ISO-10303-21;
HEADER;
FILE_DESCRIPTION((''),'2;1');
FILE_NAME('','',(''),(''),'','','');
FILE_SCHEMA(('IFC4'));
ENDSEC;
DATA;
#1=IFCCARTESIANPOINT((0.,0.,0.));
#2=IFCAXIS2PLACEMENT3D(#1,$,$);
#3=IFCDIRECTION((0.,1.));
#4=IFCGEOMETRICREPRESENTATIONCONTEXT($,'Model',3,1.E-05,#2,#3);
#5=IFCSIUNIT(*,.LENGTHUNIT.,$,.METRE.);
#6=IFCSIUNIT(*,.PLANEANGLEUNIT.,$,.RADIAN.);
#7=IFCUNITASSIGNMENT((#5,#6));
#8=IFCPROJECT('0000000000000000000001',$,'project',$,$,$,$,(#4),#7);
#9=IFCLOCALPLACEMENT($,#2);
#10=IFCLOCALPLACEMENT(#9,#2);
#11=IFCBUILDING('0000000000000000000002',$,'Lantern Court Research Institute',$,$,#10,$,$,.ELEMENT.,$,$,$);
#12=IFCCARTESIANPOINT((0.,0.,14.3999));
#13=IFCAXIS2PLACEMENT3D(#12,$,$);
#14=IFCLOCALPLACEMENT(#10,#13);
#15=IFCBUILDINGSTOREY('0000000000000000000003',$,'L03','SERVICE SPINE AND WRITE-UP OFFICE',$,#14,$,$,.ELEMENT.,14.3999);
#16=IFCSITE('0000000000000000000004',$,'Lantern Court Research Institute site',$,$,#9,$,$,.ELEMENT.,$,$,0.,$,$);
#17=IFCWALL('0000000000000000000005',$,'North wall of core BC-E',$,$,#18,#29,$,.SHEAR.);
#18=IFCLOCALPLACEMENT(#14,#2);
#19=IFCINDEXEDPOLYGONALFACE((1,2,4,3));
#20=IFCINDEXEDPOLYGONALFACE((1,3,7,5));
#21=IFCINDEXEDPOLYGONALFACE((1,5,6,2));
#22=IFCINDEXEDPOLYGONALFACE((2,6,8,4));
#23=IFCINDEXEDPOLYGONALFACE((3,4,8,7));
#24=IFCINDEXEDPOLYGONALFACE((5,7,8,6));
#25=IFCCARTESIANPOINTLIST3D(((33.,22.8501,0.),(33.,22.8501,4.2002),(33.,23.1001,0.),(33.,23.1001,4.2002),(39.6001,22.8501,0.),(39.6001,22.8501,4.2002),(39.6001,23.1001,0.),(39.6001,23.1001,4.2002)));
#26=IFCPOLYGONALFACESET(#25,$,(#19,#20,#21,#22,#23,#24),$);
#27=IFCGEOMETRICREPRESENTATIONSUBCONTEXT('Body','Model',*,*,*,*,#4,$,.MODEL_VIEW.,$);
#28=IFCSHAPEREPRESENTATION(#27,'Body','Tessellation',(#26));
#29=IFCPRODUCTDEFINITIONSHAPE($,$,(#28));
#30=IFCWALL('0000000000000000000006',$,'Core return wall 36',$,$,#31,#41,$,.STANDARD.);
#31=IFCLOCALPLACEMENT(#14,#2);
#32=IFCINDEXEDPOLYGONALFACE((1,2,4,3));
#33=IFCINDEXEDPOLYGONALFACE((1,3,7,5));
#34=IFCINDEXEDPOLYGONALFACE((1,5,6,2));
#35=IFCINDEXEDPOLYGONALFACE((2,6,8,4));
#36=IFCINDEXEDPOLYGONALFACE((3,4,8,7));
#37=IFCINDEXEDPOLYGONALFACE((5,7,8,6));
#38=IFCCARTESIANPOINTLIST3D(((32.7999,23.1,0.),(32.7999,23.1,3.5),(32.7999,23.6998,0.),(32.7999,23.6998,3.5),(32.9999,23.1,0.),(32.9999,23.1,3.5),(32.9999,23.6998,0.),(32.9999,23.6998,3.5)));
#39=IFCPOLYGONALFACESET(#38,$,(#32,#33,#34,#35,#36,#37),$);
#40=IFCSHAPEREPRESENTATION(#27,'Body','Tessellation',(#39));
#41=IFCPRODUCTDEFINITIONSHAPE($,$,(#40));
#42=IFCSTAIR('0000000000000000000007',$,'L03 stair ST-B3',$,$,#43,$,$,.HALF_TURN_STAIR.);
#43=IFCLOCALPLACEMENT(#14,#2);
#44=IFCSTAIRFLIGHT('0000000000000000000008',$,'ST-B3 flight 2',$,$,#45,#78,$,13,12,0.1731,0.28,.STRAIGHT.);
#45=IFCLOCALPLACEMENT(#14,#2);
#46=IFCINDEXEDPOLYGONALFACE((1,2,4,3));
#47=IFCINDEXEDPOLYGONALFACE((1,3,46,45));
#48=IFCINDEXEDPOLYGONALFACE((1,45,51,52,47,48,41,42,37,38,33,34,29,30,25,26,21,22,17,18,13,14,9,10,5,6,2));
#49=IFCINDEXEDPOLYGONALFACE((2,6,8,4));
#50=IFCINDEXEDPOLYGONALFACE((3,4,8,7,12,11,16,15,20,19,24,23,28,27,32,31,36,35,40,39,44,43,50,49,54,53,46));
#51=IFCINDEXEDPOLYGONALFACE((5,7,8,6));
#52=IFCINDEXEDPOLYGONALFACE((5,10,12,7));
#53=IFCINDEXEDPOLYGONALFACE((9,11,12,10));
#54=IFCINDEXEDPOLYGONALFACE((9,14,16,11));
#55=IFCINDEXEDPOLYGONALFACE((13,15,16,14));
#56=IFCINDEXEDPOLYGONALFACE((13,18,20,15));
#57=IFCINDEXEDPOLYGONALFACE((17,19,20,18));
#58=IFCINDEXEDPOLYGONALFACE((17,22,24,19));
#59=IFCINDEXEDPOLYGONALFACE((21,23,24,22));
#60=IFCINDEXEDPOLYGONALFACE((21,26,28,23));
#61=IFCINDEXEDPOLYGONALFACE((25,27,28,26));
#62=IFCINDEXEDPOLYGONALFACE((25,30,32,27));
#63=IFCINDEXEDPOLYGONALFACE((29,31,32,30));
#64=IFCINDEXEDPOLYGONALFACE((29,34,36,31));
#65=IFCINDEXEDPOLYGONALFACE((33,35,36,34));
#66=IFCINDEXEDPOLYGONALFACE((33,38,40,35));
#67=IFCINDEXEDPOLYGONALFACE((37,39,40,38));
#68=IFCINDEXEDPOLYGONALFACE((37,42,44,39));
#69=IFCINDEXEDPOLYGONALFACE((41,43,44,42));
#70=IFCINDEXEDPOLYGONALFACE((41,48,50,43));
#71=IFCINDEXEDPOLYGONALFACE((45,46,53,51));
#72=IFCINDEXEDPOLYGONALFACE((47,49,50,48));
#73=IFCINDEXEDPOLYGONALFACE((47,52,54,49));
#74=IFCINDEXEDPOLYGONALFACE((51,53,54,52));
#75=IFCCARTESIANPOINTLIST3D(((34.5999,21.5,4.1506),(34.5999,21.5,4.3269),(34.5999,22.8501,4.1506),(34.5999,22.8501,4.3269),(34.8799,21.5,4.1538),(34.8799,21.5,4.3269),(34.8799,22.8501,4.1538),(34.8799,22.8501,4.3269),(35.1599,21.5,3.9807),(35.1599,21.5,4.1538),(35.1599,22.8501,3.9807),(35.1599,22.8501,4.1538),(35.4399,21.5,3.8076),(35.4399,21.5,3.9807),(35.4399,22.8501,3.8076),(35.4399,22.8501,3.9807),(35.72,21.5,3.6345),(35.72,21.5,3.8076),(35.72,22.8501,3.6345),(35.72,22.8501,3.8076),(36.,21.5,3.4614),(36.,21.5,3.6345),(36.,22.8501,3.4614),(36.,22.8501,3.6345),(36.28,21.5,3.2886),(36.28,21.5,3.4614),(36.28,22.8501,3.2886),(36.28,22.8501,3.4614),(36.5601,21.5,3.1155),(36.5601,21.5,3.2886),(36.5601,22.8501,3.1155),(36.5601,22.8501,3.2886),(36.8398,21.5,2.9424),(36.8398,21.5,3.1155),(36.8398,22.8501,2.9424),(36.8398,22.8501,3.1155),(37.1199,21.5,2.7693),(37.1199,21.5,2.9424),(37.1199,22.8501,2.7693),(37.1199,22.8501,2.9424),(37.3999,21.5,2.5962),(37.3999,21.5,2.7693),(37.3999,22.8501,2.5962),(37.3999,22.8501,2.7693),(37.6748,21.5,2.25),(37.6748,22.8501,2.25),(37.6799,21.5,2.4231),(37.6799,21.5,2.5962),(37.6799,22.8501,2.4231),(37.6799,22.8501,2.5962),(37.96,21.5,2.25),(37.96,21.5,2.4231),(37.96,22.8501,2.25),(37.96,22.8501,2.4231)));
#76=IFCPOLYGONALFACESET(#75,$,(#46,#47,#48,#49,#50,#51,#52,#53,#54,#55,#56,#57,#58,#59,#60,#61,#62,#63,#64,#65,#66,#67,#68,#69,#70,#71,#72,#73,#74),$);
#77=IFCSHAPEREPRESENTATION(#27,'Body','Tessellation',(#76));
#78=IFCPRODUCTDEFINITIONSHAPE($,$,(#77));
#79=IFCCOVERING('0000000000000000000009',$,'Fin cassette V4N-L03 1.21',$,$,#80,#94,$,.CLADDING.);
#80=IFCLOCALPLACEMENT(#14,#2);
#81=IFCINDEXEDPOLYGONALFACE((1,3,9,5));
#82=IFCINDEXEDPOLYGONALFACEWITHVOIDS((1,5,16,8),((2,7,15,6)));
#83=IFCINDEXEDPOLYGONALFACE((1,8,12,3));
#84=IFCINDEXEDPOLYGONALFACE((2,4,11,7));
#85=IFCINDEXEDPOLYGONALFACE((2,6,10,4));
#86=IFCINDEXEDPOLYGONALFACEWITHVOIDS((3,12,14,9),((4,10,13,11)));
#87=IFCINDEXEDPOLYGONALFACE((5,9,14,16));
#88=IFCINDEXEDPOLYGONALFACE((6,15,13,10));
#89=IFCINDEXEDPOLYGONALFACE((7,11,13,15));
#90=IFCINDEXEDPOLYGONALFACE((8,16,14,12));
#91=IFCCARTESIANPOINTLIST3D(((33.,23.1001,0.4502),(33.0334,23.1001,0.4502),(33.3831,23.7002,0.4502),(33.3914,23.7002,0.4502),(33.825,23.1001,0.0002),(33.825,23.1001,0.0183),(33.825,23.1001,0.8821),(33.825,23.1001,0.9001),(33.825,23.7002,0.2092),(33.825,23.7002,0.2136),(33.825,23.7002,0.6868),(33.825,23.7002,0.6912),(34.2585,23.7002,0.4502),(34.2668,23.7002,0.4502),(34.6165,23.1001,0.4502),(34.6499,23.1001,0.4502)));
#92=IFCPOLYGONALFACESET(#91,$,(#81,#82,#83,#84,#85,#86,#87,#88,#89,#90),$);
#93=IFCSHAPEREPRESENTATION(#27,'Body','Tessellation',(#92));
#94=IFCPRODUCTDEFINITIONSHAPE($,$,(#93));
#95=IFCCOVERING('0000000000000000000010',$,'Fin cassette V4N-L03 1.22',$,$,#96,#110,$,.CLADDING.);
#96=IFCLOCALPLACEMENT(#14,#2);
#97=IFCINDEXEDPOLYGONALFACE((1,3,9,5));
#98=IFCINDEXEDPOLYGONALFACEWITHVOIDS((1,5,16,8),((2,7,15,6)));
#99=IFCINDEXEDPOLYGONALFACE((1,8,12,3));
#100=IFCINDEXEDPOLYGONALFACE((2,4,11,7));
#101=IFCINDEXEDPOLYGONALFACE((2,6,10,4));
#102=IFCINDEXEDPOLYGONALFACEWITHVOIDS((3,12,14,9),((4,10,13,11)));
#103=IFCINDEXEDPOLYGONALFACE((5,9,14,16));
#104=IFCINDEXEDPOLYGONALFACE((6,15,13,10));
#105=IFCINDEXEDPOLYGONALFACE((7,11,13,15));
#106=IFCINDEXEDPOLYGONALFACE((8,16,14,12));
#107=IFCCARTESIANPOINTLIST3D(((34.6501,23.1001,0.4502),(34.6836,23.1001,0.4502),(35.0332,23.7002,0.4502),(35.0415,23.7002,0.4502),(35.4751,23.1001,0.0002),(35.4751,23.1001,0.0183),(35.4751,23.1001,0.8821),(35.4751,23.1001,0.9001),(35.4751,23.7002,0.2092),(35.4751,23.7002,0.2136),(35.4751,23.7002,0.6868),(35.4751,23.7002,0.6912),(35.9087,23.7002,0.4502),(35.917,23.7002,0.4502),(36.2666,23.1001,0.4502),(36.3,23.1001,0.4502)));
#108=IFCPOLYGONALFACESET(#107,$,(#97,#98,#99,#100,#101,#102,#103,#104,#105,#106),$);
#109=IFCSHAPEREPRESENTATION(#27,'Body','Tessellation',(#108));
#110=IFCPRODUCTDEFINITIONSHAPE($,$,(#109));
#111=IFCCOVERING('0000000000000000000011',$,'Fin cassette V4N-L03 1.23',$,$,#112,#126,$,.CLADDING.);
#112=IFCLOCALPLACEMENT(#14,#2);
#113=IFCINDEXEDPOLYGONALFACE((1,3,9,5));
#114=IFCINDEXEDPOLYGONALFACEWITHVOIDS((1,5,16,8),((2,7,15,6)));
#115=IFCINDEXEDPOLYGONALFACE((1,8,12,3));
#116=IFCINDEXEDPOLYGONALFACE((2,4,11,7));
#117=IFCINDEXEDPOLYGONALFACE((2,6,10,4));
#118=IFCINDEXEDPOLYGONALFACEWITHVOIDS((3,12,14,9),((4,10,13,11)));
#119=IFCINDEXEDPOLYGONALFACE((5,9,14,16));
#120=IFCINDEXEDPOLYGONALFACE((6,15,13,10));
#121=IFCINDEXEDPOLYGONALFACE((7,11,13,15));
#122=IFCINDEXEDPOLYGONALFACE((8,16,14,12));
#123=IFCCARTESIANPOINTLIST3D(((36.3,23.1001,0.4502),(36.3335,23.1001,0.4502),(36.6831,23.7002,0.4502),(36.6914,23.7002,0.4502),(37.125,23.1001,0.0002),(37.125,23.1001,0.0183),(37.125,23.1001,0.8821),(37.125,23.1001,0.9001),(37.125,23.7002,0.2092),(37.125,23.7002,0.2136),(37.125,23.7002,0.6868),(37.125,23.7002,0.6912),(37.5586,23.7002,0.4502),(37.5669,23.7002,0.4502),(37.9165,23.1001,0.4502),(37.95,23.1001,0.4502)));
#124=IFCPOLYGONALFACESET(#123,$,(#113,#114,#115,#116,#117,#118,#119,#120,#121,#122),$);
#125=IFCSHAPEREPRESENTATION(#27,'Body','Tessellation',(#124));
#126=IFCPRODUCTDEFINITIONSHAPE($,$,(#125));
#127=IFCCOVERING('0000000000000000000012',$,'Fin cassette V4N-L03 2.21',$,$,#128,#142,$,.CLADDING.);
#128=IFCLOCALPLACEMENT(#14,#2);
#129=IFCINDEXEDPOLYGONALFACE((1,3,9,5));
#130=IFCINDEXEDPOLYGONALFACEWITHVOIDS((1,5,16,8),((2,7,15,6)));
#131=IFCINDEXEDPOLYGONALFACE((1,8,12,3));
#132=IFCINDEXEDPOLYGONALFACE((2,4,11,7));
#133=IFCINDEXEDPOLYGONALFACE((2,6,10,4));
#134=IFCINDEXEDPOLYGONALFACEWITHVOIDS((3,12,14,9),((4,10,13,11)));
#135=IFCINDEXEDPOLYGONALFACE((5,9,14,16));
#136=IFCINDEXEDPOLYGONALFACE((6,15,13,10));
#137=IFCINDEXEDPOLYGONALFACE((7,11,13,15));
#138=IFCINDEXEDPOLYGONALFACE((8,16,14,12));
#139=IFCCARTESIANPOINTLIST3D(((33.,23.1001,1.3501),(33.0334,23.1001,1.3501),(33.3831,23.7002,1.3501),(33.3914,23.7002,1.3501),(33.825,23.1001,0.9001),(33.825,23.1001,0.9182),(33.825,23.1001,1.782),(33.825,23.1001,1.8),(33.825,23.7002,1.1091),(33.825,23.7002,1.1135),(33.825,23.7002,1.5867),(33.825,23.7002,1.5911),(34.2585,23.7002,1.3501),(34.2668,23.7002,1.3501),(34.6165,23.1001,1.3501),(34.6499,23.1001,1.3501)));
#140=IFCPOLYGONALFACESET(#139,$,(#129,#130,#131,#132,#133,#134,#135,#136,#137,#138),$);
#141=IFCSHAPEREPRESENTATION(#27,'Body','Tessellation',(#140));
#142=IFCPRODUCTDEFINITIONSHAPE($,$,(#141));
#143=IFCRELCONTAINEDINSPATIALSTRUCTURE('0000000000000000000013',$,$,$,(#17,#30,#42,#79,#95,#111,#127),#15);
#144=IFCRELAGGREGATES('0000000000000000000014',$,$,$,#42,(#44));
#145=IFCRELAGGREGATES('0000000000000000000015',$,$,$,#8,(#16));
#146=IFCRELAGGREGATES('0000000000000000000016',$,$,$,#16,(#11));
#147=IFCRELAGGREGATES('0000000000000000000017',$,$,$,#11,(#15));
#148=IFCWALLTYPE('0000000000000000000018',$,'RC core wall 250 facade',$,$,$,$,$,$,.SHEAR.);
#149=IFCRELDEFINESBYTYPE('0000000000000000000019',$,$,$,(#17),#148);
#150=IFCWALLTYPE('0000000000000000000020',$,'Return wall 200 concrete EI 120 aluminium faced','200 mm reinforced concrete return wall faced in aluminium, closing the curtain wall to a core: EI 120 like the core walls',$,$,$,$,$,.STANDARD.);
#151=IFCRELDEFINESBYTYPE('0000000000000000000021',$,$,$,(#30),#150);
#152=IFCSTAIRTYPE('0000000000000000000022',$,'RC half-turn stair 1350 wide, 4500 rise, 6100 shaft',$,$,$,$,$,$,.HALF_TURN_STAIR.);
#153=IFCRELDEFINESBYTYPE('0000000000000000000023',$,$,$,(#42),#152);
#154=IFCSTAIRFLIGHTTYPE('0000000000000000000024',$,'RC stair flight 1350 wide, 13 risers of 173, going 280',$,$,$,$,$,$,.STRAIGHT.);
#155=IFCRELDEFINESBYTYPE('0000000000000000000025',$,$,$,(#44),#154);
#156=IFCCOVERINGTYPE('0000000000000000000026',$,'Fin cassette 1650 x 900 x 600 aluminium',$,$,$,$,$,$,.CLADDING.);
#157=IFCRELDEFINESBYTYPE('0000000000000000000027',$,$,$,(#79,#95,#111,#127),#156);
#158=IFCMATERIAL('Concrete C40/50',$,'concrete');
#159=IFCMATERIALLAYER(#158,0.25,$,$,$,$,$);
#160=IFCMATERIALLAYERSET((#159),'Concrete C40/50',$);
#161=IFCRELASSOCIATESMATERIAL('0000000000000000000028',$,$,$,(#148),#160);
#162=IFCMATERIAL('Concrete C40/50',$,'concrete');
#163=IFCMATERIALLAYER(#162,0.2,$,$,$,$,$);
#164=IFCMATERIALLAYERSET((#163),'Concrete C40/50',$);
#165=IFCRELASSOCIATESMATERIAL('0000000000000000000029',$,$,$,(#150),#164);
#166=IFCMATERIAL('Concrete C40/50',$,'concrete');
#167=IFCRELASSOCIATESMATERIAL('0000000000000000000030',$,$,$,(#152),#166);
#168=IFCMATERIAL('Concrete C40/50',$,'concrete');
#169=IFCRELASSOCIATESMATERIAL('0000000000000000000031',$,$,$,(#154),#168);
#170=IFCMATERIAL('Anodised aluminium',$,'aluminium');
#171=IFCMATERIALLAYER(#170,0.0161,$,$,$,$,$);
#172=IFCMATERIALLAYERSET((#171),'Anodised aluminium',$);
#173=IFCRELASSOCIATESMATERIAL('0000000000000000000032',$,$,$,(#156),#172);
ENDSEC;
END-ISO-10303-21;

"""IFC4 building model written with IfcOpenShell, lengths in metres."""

from ifc_helpers import new_model, entity, si_unit, direction, frame, frame_2d, origin, place, context, subcontext, project, spatial, polyline, rectangle, outline, extrude, material, layer, layer_set, type_object, element, aggregate, save


model = new_model("IFC4")

# Units and contexts
model_context = context("Model", 3, precision=1e-05, world=origin(), true_north=direction((0.0, 1.0)))
body_context = subcontext(model_context, "Body", "Model", "MODEL_VIEW")
ifc_project = project(units=[si_unit("LENGTHUNIT", "METRE"), si_unit("PLANEANGLEUNIT", "RADIAN")], contexts=[model_context])

# Site, building, storey
site_placement = place(None, origin())
site = spatial("IfcSite", under=ifc_project, at=site_placement, Name="Lantern Court Research Institute site", CompositionType="ELEMENT", RefElevation=0.0)
building_placement = place(site_placement, origin())
building = spatial("IfcBuilding", under=site, at=building_placement, Name="Lantern Court Research Institute", CompositionType="ELEMENT")
storey_placement = place(building_placement, frame((0.0, 0.0, 14.3999)))
storey = spatial("IfcBuildingStorey", under=building, at=storey_placement, Name="L03", Description="SERVICE SPINE AND WRITE-UP OFFICE", CompositionType="ELEMENT", Elevation=14.3999)

# Walls
ifc_material_1 = material(Name="Concrete C40/50", Category="concrete")
ifc_layer_1 = layer(ifc_material_1, 0.25)
ifc_layer_set_1 = layer_set([ifc_layer_1], Name="Concrete C40/50")
wall_type_1 = type_object("IfcWallType", Name="RC core wall 250 facade", PredefinedType="SHEAR", material=ifc_layer_set_1)
wall_1_placement = place(storey_placement, frame((33.0, 22.9751, 0.0), z_axis=(0.0, 0.0, 1.0), x_axis=(1.0, 0.0, 0.0)))
element("IfcWall", 1, at=wall_1_placement, inside=storey, type_object=wall_type_1, Name="North wall of core BC-E", PredefinedType="SHEAR", context=body_context, shape_type="SweptSolid", body=[
    extrude(rectangle(XDim=6.6001, YDim=0.25, at=frame_2d((3.3, 0.0))), origin(), (0.0, 0.0, 1.0), 4.2002),
])
ifc_material_2 = material(Name="Concrete C40/50", Category="concrete")
ifc_layer_2 = layer(ifc_material_2, 0.2)
ifc_layer_set_2 = layer_set([ifc_layer_2], Name="Concrete C40/50")
wall_type_2 = type_object("IfcWallType", Name="Return wall 200 concrete EI 120 aluminium faced", Description="200 mm reinforced concrete return wall faced in aluminium, closing the curtain wall to a core: EI 120 like the core walls", PredefinedType="STANDARD", material=ifc_layer_set_2)
wall_2_placement = place(storey_placement, frame((32.8999, 23.1001, 0.0), z_axis=(0.0, 0.0, 1.0), x_axis=(0.0, 1.0, 0.0)))
element("IfcWall", 2, at=wall_2_placement, inside=storey, type_object=wall_type_2, Name="Core return wall 36", PredefinedType="STANDARD", context=body_context, shape_type="SweptSolid", body=[
    extrude(rectangle(XDim=0.5999, YDim=0.2, at=frame_2d((0.2998, 0.0))), origin(), (0.0, 0.0, 1.0), 3.5),
])

# Stair, stair flight
ifc_material_3 = material(Name="Concrete C40/50", Category="concrete")
stair_type = type_object("IfcStairType", Name="RC half-turn stair 1350 wide, 4500 rise, 6100 shaft", PredefinedType="HALF_TURN_STAIR", material=ifc_material_3)
stair_placement = place(storey_placement, origin())
stair = element("IfcStair", 3, at=stair_placement, inside=storey, type_object=stair_type, Name="L03 stair ST-B3", PredefinedType="HALF_TURN_STAIR")
ifc_material_4 = material(Name="Concrete C40/50", Category="concrete")
stair_flight_type = type_object("IfcStairFlightType", Name="RC stair flight 1350 wide, 13 risers of 173, going 280", PredefinedType="STRAIGHT", material=ifc_material_4)
stair_flight_placement = place(storey_placement, frame((37.96, 22.175, 2.25), z_axis=(0.0, 0.0, 1.0), x_axis=(-1.0, 0.0, 0.0)))
stair_flight = element("IfcStairFlight", 4, at=stair_flight_placement, type_object=stair_flight_type, Name="ST-B3 flight 2", NumberOfRisers=13, NumberOfTreads=12, PredefinedType="STRAIGHT", RiserHeight=0.1731, TreadLength=0.28, context=body_context, shape_type="SweptSolid", body=[
    extrude(outline(polyline([(0.0, 0.0), (0.0, 0.1731), (0.28, 0.1731), (0.28, 0.3462), (0.5601, 0.3462), (0.5601, 0.5193), (0.8401, 0.5193), (0.8401, 0.6924), (1.1201, 0.6924), (1.1201, 0.8655), (1.3999, 0.8655), (1.3999, 1.0386), (1.6799, 1.0386), (1.6799, 1.2114), (1.96, 1.2114), (1.96, 1.3845), (2.24, 1.3845), (2.24, 1.5576), (2.52, 1.5576), (2.52, 1.7307), (2.8, 1.7307), (2.8, 1.9038), (3.0801, 1.9038), (3.0801, 2.0769), (3.3601, 2.0769), (3.3601, 2.25), (3.3601, 1.9006), (0.2852, 0.0), (0.0, 0.0)])), frame((0.0, 0.675, 0.0), z_axis=(0.0, -1.0, 0.0), x_axis=(1.0, 0.0, 0.0)), (0.0, 0.0, 1.0), 1.3501),
])
aggregate(stair, [stair_flight])

# Coverings
ifc_material_5 = material(Name="Anodised aluminium", Category="aluminium")
ifc_layer_3 = layer(ifc_material_5, 0.0161)
ifc_layer_set_3 = layer_set([ifc_layer_3], Name="Anodised aluminium")
covering_type = type_object("IfcCoveringType", Name="Fin cassette 1650 x 900 x 600 aluminium", PredefinedType="CLADDING", material=ifc_layer_set_3)
covering_1_placement = place(storey_placement, frame((33.825, 23.1001, 0.4502), z_axis=(0.0, 1.0, 0.0), x_axis=(-1.0, 0.0, 0.0)))
cartesian_point_1 = entity("IfcCartesianPoint", [0.825, 0.0])
cartesian_point_2 = entity("IfcCartesianPoint", [0.7915, 0.0])
cartesian_point_3 = entity("IfcCartesianPoint", [0.4419, 0.0])
cartesian_point_4 = entity("IfcCartesianPoint", [0.4336, 0.0])
element("IfcCovering", 5, at=covering_1_placement, inside=storey, type_object=covering_type, Name="Fin cassette V4N-L03 1.21", PredefinedType="CLADDING", context=body_context, shape_type="SweptSolid", body=[
    entity("IfcExtrudedAreaSolidTapered", entity("IfcArbitraryProfileDefWithVoids", "AREA", None, entity("IfcPolyline", [cartesian_point_1, entity("IfcCartesianPoint", [0.0, 0.45]), entity("IfcCartesianPoint", [-0.825, 0.0]), entity("IfcCartesianPoint", [0.0, -0.45]), cartesian_point_1]), [entity("IfcPolyline", [cartesian_point_2, entity("IfcCartesianPoint", [0.0, 0.4319]), entity("IfcCartesianPoint", [-0.7915, 0.0]), entity("IfcCartesianPoint", [0.0, -0.4319]), cartesian_point_2])]), entity("IfcAxis2Placement3D", entity("IfcCartesianPoint", [0.0, 0.0, 0.0])), entity("IfcDirection", [0.0, 0.0, 1.0]), 0.6001, entity("IfcArbitraryProfileDefWithVoids", "AREA", None, entity("IfcPolyline", [cartesian_point_3, entity("IfcCartesianPoint", [0.0, 0.241]), entity("IfcCartesianPoint", [-0.4419, 0.0]), entity("IfcCartesianPoint", [0.0, -0.241]), cartesian_point_3]), [entity("IfcPolyline", [cartesian_point_4, entity("IfcCartesianPoint", [0.0, 0.2366]), entity("IfcCartesianPoint", [-0.4336, 0.0]), entity("IfcCartesianPoint", [0.0, -0.2366]), cartesian_point_4])])),
])
covering_2_placement = place(storey_placement, frame((35.4751, 23.1001, 0.4502), z_axis=(0.0, 1.0, 0.0), x_axis=(-1.0, 0.0, 0.0)))
cartesian_point_5 = entity("IfcCartesianPoint", [0.825, 0.0])
cartesian_point_6 = entity("IfcCartesianPoint", [0.7915, 0.0])
cartesian_point_7 = entity("IfcCartesianPoint", [0.4419, 0.0])
cartesian_point_8 = entity("IfcCartesianPoint", [0.4336, 0.0])
element("IfcCovering", 6, at=covering_2_placement, inside=storey, type_object=covering_type, Name="Fin cassette V4N-L03 1.22", PredefinedType="CLADDING", context=body_context, shape_type="SweptSolid", body=[
    entity("IfcExtrudedAreaSolidTapered", entity("IfcArbitraryProfileDefWithVoids", "AREA", None, entity("IfcPolyline", [cartesian_point_5, entity("IfcCartesianPoint", [0.0, 0.45]), entity("IfcCartesianPoint", [-0.825, 0.0]), entity("IfcCartesianPoint", [0.0, -0.45]), cartesian_point_5]), [entity("IfcPolyline", [cartesian_point_6, entity("IfcCartesianPoint", [0.0, 0.4319]), entity("IfcCartesianPoint", [-0.7915, 0.0]), entity("IfcCartesianPoint", [0.0, -0.4319]), cartesian_point_6])]), entity("IfcAxis2Placement3D", entity("IfcCartesianPoint", [0.0, 0.0, 0.0])), entity("IfcDirection", [0.0, 0.0, 1.0]), 0.6001, entity("IfcArbitraryProfileDefWithVoids", "AREA", None, entity("IfcPolyline", [cartesian_point_7, entity("IfcCartesianPoint", [0.0, 0.241]), entity("IfcCartesianPoint", [-0.4419, 0.0]), entity("IfcCartesianPoint", [0.0, -0.241]), cartesian_point_7]), [entity("IfcPolyline", [cartesian_point_8, entity("IfcCartesianPoint", [0.0, 0.2366]), entity("IfcCartesianPoint", [-0.4336, 0.0]), entity("IfcCartesianPoint", [0.0, -0.2366]), cartesian_point_8])])),
])
covering_3_placement = place(storey_placement, frame((37.125, 23.1001, 0.4502), z_axis=(0.0, 1.0, 0.0), x_axis=(-1.0, 0.0, 0.0)))
cartesian_point_9 = entity("IfcCartesianPoint", [0.825, 0.0])
cartesian_point_10 = entity("IfcCartesianPoint", [0.7915, 0.0])
cartesian_point_11 = entity("IfcCartesianPoint", [0.4419, 0.0])
cartesian_point_12 = entity("IfcCartesianPoint", [0.4336, 0.0])
element("IfcCovering", 7, at=covering_3_placement, inside=storey, type_object=covering_type, Name="Fin cassette V4N-L03 1.23", PredefinedType="CLADDING", context=body_context, shape_type="SweptSolid", body=[
    entity("IfcExtrudedAreaSolidTapered", entity("IfcArbitraryProfileDefWithVoids", "AREA", None, entity("IfcPolyline", [cartesian_point_9, entity("IfcCartesianPoint", [0.0, 0.45]), entity("IfcCartesianPoint", [-0.825, 0.0]), entity("IfcCartesianPoint", [0.0, -0.45]), cartesian_point_9]), [entity("IfcPolyline", [cartesian_point_10, entity("IfcCartesianPoint", [0.0, 0.4319]), entity("IfcCartesianPoint", [-0.7915, 0.0]), entity("IfcCartesianPoint", [0.0, -0.4319]), cartesian_point_10])]), entity("IfcAxis2Placement3D", entity("IfcCartesianPoint", [0.0, 0.0, 0.0])), entity("IfcDirection", [0.0, 0.0, 1.0]), 0.6001, entity("IfcArbitraryProfileDefWithVoids", "AREA", None, entity("IfcPolyline", [cartesian_point_11, entity("IfcCartesianPoint", [0.0, 0.241]), entity("IfcCartesianPoint", [-0.4419, 0.0]), entity("IfcCartesianPoint", [0.0, -0.241]), cartesian_point_11]), [entity("IfcPolyline", [cartesian_point_12, entity("IfcCartesianPoint", [0.0, 0.2366]), entity("IfcCartesianPoint", [-0.4336, 0.0]), entity("IfcCartesianPoint", [0.0, -0.2366]), cartesian_point_12])])),
])
covering_4_placement = place(storey_placement, frame((33.825, 23.1001, 1.3501), z_axis=(0.0, 1.0, 0.0), x_axis=(-1.0, 0.0, 0.0)))
cartesian_point_13 = entity("IfcCartesianPoint", [0.825, 0.0])
cartesian_point_14 = entity("IfcCartesianPoint", [0.7915, 0.0])
cartesian_point_15 = entity("IfcCartesianPoint", [0.4419, 0.0])
cartesian_point_16 = entity("IfcCartesianPoint", [0.4336, 0.0])
element("IfcCovering", 8, at=covering_4_placement, inside=storey, type_object=covering_type, Name="Fin cassette V4N-L03 2.21", PredefinedType="CLADDING", context=body_context, shape_type="SweptSolid", body=[
    entity("IfcExtrudedAreaSolidTapered", entity("IfcArbitraryProfileDefWithVoids", "AREA", None, entity("IfcPolyline", [cartesian_point_13, entity("IfcCartesianPoint", [0.0, 0.45]), entity("IfcCartesianPoint", [-0.825, 0.0]), entity("IfcCartesianPoint", [0.0, -0.45]), cartesian_point_13]), [entity("IfcPolyline", [cartesian_point_14, entity("IfcCartesianPoint", [0.0, 0.4319]), entity("IfcCartesianPoint", [-0.7915, 0.0]), entity("IfcCartesianPoint", [0.0, -0.4319]), cartesian_point_14])]), entity("IfcAxis2Placement3D", entity("IfcCartesianPoint", [0.0, 0.0, 0.0])), entity("IfcDirection", [0.0, 0.0, 1.0]), 0.6001, entity("IfcArbitraryProfileDefWithVoids", "AREA", None, entity("IfcPolyline", [cartesian_point_15, entity("IfcCartesianPoint", [0.0, 0.241]), entity("IfcCartesianPoint", [-0.4419, 0.0]), entity("IfcCartesianPoint", [0.0, -0.241]), cartesian_point_15]), [entity("IfcPolyline", [cartesian_point_16, entity("IfcCartesianPoint", [0.0, 0.2366]), entity("IfcCartesianPoint", [-0.4336, 0.0]), entity("IfcCartesianPoint", [0.0, -0.2366]), cartesian_point_16])])),
])

save(model, "model.ifc")
